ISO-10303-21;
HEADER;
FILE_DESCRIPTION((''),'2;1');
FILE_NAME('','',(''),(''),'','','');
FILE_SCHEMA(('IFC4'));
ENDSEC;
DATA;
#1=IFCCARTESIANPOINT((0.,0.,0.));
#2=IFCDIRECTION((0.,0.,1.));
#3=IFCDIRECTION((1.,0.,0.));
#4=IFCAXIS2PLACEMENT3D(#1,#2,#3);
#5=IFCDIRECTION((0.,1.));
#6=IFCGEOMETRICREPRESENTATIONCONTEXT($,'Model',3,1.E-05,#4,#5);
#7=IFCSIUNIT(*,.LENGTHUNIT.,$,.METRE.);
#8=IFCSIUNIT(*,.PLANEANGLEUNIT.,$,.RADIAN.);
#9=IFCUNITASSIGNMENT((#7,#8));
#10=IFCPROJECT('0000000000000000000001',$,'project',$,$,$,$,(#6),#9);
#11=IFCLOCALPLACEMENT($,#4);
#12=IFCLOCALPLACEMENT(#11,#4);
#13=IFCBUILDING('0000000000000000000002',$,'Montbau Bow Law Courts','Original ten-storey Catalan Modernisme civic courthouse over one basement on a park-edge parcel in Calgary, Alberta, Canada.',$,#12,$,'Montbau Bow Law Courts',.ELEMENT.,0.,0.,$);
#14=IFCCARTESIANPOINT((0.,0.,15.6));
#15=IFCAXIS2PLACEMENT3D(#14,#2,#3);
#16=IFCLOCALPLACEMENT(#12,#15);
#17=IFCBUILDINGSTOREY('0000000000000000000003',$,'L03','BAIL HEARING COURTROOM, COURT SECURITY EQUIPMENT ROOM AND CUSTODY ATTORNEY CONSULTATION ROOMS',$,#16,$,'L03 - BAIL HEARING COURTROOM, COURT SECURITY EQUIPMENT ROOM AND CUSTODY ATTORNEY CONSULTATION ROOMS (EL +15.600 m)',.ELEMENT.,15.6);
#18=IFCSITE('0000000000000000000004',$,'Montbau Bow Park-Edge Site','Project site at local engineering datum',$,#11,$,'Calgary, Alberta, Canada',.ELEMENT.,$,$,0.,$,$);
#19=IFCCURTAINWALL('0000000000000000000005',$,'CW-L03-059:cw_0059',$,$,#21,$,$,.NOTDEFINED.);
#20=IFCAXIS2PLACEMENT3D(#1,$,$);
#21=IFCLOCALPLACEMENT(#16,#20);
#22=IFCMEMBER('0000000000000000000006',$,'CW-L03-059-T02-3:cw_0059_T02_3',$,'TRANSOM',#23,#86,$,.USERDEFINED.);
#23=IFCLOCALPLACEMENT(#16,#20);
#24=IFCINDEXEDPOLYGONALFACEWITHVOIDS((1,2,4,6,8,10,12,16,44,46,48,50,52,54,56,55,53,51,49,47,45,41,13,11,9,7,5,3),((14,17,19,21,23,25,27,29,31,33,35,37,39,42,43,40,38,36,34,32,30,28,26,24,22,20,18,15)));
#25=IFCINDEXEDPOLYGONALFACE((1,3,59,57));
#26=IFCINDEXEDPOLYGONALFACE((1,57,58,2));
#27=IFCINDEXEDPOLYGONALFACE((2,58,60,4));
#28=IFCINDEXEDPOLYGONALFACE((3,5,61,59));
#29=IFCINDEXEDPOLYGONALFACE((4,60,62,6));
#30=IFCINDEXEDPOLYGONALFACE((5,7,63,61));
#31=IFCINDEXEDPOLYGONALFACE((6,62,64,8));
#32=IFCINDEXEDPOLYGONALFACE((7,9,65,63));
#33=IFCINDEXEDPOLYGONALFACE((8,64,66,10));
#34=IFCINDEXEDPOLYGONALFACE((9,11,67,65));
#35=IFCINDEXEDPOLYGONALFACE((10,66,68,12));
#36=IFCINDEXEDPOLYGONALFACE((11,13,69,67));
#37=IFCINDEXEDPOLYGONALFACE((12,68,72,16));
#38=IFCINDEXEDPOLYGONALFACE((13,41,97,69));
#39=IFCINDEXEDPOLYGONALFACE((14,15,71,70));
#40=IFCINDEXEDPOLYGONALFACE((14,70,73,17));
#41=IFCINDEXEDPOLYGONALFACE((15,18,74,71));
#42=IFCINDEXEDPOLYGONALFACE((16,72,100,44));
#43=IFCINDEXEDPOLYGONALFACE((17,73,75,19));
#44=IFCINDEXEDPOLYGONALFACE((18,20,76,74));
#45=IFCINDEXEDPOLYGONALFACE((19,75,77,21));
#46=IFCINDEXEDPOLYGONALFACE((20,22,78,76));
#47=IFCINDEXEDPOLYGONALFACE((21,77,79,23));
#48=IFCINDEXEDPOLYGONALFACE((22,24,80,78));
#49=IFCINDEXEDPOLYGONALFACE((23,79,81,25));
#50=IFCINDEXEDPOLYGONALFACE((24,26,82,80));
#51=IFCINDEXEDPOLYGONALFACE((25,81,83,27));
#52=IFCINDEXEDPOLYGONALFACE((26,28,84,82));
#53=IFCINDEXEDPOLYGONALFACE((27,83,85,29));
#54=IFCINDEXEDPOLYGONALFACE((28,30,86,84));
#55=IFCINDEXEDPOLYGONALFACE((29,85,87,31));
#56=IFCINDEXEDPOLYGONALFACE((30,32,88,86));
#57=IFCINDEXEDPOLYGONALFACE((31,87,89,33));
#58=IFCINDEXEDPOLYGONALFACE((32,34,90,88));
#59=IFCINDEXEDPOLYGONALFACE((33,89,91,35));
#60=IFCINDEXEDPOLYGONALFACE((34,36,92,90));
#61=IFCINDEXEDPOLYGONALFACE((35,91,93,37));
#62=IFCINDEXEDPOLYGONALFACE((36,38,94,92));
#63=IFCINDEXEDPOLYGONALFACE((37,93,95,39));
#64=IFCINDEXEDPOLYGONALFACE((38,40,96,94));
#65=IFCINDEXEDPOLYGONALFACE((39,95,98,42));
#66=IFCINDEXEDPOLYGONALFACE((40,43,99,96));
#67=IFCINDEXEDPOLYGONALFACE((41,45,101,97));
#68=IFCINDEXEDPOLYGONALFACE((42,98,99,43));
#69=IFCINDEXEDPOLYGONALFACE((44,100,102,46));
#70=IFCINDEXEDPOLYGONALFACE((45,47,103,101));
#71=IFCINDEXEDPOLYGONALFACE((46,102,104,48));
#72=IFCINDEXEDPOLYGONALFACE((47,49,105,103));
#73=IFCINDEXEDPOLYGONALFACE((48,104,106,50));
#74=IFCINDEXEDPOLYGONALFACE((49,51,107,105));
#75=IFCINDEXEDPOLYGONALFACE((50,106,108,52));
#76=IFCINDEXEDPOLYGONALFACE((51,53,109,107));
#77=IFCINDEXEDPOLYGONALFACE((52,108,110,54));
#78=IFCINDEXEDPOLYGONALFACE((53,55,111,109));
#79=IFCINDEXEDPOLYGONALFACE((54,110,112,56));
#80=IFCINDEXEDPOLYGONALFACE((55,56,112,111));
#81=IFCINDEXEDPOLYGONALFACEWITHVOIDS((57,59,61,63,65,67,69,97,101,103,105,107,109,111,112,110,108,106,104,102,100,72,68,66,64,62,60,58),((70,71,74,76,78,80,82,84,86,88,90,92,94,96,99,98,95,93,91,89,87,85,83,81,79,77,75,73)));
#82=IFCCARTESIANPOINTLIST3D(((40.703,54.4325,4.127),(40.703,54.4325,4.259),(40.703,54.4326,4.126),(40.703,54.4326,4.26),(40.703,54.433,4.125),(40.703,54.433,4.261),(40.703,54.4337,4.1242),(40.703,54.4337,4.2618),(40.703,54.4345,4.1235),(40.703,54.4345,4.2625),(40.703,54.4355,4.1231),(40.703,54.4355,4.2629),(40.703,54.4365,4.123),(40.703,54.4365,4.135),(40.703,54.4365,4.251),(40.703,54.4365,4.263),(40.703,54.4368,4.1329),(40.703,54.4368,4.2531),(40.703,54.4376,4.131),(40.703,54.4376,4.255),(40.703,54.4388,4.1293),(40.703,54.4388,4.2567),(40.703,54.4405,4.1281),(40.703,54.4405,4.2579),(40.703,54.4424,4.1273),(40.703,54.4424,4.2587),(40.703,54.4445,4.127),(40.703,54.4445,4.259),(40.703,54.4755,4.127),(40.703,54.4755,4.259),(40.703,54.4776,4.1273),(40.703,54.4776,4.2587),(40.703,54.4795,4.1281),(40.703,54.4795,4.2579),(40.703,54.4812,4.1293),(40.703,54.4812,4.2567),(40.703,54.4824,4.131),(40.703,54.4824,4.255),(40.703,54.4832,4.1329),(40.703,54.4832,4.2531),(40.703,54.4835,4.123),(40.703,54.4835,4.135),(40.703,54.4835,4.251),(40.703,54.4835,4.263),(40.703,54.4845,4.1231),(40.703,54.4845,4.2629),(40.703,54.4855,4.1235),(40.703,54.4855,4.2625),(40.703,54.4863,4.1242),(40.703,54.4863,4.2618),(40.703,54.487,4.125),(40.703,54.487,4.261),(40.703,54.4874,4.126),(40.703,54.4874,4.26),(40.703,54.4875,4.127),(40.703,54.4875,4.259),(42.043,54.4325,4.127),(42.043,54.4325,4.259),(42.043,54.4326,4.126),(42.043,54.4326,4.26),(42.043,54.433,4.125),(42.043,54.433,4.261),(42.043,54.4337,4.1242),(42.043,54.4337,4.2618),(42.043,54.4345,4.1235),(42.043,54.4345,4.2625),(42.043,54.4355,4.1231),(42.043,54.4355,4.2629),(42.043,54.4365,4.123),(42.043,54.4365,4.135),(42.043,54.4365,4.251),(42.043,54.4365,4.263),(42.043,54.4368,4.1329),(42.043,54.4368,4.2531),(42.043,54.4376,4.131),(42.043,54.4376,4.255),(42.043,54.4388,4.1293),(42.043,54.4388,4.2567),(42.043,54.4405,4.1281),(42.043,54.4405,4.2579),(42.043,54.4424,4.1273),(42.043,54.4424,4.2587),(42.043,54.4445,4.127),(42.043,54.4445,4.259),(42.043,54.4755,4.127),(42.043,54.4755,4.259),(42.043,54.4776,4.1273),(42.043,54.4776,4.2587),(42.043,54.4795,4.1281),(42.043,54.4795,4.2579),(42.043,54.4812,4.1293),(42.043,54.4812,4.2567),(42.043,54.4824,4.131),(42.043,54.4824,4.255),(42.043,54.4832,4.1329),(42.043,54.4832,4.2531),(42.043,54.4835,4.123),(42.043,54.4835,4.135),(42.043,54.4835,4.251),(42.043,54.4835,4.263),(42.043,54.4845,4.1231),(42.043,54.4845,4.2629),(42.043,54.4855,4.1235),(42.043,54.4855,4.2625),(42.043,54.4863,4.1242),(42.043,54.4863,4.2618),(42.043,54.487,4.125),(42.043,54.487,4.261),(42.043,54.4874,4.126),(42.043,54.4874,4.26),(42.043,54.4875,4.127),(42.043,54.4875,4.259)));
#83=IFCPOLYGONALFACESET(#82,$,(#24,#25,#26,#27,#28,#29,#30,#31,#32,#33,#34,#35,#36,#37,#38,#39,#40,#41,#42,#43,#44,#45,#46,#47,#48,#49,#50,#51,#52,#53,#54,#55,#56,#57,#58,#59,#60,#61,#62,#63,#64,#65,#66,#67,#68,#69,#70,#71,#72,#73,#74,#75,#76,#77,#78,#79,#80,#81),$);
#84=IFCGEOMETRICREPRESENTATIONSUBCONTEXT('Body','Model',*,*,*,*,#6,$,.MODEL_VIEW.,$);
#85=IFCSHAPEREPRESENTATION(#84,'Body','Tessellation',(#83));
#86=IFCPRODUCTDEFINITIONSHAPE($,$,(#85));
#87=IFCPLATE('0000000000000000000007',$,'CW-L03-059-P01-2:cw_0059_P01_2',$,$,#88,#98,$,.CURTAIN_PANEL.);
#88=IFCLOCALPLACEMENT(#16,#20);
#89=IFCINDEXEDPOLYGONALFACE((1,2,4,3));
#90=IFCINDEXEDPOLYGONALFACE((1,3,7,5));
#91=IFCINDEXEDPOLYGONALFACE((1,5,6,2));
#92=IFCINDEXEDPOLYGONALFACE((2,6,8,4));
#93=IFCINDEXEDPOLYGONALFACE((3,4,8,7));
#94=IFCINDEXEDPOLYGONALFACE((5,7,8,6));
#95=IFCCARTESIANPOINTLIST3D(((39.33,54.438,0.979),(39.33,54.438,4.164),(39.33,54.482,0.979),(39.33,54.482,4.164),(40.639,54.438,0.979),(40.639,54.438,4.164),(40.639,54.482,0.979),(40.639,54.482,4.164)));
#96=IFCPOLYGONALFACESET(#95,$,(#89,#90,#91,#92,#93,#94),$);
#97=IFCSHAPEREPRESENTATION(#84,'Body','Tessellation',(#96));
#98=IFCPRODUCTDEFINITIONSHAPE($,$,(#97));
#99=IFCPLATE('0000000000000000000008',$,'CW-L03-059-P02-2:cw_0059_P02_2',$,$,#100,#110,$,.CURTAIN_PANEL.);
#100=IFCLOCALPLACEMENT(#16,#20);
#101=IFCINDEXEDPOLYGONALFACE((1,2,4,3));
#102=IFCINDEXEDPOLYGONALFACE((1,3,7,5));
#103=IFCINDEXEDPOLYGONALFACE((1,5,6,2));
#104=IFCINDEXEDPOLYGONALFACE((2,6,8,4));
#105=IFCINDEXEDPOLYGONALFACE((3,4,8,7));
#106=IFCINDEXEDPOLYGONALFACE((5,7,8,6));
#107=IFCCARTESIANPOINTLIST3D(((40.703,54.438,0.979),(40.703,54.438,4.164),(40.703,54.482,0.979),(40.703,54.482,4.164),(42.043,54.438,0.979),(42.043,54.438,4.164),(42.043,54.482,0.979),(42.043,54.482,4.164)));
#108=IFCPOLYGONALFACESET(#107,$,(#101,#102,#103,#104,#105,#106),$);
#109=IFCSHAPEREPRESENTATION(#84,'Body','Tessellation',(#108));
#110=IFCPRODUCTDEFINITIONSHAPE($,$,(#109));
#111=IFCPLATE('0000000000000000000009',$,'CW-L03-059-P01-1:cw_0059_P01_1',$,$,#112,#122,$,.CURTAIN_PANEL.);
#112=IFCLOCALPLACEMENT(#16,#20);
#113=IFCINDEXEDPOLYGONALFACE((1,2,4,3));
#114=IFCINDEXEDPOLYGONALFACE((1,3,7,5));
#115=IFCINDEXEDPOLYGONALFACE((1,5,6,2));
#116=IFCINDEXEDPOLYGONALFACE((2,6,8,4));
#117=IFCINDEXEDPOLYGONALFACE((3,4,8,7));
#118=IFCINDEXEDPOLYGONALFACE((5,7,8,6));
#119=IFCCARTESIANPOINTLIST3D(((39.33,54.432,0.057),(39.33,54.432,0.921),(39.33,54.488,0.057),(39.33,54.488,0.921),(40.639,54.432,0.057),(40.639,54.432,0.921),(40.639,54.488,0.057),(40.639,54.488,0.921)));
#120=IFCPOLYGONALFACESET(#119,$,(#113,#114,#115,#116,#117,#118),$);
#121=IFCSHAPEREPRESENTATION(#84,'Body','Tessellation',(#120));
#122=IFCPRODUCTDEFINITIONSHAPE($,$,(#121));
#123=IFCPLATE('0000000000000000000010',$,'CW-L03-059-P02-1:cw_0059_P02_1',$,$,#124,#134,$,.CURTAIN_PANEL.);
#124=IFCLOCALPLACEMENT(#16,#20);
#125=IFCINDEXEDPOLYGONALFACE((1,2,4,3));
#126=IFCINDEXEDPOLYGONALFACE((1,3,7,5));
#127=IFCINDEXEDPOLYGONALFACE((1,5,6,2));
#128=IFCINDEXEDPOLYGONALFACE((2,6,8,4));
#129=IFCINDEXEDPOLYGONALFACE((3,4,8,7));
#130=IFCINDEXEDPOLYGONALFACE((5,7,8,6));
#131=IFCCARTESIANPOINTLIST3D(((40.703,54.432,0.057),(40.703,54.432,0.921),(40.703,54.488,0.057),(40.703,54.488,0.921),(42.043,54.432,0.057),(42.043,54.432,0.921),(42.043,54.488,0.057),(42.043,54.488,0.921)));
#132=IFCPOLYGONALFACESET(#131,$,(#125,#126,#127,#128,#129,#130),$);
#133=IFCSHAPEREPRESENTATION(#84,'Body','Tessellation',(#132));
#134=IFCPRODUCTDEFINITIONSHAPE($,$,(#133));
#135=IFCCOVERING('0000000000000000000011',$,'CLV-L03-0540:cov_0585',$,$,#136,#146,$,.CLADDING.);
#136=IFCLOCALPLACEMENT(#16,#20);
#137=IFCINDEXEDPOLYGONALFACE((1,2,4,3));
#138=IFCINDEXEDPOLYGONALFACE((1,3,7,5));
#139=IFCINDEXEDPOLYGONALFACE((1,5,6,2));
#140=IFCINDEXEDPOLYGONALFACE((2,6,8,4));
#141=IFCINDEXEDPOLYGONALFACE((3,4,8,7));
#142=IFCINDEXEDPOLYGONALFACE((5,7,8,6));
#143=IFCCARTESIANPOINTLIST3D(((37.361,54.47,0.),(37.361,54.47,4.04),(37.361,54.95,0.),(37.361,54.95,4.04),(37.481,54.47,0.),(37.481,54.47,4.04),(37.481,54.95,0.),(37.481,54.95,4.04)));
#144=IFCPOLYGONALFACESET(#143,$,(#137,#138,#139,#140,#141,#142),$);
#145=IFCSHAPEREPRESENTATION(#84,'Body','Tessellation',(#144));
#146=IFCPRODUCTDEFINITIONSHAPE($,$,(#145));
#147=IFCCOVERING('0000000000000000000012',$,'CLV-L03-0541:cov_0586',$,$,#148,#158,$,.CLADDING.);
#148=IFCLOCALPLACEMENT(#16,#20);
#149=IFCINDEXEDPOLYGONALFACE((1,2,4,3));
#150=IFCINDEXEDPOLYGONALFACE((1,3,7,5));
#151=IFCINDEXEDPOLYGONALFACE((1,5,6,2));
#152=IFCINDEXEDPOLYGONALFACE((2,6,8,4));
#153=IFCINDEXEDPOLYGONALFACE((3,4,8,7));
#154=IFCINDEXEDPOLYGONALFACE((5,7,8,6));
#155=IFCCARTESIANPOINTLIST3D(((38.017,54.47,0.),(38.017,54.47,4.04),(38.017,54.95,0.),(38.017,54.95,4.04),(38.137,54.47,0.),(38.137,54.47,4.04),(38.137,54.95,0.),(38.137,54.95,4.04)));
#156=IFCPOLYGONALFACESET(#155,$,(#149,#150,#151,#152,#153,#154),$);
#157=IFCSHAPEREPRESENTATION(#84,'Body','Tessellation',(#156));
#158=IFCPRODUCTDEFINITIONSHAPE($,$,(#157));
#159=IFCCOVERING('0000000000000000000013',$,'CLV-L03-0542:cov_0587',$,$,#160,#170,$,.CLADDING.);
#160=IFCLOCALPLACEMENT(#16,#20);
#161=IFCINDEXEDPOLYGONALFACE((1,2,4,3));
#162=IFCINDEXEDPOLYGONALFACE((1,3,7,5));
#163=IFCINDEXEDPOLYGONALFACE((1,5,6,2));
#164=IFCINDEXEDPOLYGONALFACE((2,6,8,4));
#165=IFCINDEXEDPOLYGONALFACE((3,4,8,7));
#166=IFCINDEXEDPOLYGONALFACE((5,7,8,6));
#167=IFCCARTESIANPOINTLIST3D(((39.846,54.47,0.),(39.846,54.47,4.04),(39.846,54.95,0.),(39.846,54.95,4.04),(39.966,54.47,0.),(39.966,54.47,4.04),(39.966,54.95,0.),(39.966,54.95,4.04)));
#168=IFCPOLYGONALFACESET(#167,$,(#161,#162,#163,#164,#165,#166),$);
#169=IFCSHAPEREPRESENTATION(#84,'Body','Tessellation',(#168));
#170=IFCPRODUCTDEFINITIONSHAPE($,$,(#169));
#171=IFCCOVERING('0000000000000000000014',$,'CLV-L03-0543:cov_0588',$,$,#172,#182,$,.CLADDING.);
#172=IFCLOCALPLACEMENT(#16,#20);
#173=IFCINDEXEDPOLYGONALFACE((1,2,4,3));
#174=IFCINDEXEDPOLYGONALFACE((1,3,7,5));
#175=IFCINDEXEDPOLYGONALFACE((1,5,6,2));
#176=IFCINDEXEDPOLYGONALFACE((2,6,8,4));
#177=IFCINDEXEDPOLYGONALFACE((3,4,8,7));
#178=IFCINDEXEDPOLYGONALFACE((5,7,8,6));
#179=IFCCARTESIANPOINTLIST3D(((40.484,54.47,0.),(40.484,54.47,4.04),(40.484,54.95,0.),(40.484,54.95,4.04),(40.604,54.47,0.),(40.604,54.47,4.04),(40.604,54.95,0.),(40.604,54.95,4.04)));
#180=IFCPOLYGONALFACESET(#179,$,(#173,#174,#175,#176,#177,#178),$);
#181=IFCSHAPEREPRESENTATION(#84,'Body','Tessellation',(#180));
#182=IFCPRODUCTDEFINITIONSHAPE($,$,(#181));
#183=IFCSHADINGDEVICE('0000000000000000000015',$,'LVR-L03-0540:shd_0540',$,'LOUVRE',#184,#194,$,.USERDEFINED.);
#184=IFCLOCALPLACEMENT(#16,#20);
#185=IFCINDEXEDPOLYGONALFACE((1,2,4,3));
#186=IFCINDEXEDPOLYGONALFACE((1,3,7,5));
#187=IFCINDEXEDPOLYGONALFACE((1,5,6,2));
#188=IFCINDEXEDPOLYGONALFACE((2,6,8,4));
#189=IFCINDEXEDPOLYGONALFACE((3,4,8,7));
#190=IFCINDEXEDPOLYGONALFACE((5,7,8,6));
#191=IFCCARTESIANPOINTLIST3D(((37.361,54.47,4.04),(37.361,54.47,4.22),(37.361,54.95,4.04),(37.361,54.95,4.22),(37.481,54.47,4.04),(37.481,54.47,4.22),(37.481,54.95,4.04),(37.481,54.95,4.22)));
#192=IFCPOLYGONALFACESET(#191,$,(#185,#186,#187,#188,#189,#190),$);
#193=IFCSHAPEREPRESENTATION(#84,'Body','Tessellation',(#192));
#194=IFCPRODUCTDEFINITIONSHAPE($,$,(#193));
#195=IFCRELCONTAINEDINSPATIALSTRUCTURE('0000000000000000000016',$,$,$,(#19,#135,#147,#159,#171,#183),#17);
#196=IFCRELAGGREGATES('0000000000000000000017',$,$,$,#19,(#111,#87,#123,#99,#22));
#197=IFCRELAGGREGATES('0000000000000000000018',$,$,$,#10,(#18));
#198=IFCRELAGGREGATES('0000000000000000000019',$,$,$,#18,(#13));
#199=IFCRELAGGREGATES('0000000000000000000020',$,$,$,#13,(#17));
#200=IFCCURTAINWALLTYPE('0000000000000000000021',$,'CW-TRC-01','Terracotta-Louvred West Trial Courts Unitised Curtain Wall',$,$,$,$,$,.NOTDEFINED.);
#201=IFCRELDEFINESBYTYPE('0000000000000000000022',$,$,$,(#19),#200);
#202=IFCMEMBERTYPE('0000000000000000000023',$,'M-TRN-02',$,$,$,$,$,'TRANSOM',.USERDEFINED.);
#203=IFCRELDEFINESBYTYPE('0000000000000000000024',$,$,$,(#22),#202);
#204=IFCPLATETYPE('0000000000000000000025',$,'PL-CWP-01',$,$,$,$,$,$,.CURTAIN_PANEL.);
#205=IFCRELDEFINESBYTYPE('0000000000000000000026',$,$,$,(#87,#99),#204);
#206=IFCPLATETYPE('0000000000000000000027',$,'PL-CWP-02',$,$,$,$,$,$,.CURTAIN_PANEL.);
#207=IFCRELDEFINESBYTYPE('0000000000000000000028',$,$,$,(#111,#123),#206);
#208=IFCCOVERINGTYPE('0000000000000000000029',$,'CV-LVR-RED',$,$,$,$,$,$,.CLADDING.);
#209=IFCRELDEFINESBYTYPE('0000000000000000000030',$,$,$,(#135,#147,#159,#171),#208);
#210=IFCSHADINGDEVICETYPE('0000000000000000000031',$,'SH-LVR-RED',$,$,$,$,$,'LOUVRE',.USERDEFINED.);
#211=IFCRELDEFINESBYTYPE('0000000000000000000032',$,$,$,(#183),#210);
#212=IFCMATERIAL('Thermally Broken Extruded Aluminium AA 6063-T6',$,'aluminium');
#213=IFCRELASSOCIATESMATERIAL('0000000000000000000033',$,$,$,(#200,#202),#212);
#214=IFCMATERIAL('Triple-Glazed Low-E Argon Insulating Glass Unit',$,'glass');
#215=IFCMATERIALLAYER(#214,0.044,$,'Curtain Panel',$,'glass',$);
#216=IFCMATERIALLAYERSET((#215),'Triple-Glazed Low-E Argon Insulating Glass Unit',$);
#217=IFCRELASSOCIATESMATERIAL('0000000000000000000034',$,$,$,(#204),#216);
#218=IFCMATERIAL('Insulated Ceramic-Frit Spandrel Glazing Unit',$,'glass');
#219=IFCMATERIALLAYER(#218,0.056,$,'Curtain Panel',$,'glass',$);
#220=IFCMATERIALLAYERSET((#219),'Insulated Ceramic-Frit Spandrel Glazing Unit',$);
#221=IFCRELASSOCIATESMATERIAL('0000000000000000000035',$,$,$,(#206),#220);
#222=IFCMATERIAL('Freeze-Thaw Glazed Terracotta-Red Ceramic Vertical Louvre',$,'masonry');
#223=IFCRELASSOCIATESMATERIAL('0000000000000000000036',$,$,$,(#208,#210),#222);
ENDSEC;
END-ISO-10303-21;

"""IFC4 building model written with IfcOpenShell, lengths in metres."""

from ifc_helpers import new_model, si_unit, direction, frame, frame_2d, origin_with_axes, origin_2d_with_axis, place, context, subcontext, project, spatial, rectangle, hollow_rectangle, extrude, material, layer, layer_set, material_profile, profile_set, type_object, element, aggregate, save


model = new_model("IFC4")

# Units and contexts
model_context = context("Model", 3, precision=1e-05, world=origin_with_axes(), true_north=direction((0.0, 1.0)))
body_context = subcontext(model_context, "Body", "Model", "MODEL_VIEW")
ifc_project = project(units=[si_unit("LENGTHUNIT", "METRE"), si_unit("PLANEANGLEUNIT", "RADIAN")], contexts=[model_context])

# Site, building, storey
site_placement = place(None, origin_with_axes())
site = spatial("IfcSite", under=ifc_project, at=site_placement, Name="Montbau Bow Park-Edge Site", Description="Project site at local engineering datum", LongName="Calgary, Alberta, Canada", CompositionType="ELEMENT", RefElevation=0.0)
building_placement = place(site_placement, origin_with_axes())
building = spatial("IfcBuilding", under=site, at=building_placement, Name="Montbau Bow Law Courts", Description="Original ten-storey Catalan Modernisme civic courthouse over one basement on a park-edge parcel in Calgary, Alberta, Canada.", LongName="Montbau Bow Law Courts", CompositionType="ELEMENT", ElevationOfRefHeight=0.0, ElevationOfTerrain=0.0)
storey_placement = place(building_placement, frame((0.0, 0.0, 15.6), z_axis=(0.0, 0.0, 1.0), x_axis=(1.0, 0.0, 0.0)))
storey = spatial("IfcBuildingStorey", under=building, at=storey_placement, Name="L03", Description="BAIL HEARING COURTROOM, COURT SECURITY EQUIPMENT ROOM AND CUSTODY ATTORNEY CONSULTATION ROOMS", LongName="L03 - BAIL HEARING COURTROOM, COURT SECURITY EQUIPMENT ROOM AND CUSTODY ATTORNEY CONSULTATION ROOMS (EL +15.600 m)", CompositionType="ELEMENT", Elevation=15.6)

# Shared definitions
ifc_material_1 = material(Name="Thermally Broken Extruded Aluminium AA 6063-T6", Category="aluminium")
curtain_wall_type = type_object("IfcCurtainWallType", Name="CW-TRC-01", Description="Terracotta-Louvred West Trial Courts Unitised Curtain Wall", PredefinedType="NOTDEFINED", material=ifc_material_1)

# Curtain wall
curtain_wall_1_placement = place(None, frame((39.268, 54.46, 15.6), z_axis=(0.0, 0.0, 1.0), x_axis=(1.0, 0.0, 0.0)))
curtain_wall_1 = element("IfcCurtainWall", 1, at=curtain_wall_1_placement, inside=storey, type_object=curtain_wall_type, Name="CW-L03-059:cw_0059", PredefinedType="NOTDEFINED")

# Member
ifc_material_profile_1 = material_profile(ifc_material_1, hollow_rectangle(XDim=0.055, YDim=0.14, WallThickness=0.004, InnerFilletRadius=0.008, OuterFilletRadius=0.004, at=origin_2d_with_axis()), Name="CWT-140X55", Category="Main", Priority=0)
ifc_profile_set_1 = profile_set([ifc_material_profile_1], Name="Thermally Broken Extruded Aluminium AA 6063-T6")
member_type_1 = type_object("IfcMemberType", Name="M-TRN-02", ElementType="TRANSOM", PredefinedType="USERDEFINED", material=ifc_profile_set_1)
member_1_placement = place(None, frame((40.703, 54.46, 19.793), z_axis=(1.0, 0.0, 0.0), x_axis=(0.0, 1.0, 0.0)))
member_1 = element("IfcMember", 2, at=member_1_placement, type_object=member_type_1, Name="CW-L03-059-T02-3:cw_0059_T02_3", ObjectType="TRANSOM", PredefinedType="USERDEFINED", context=body_context, shape_type="SweptSolid", body=[
    extrude(hollow_rectangle(XDim=0.055, YDim=0.14, WallThickness=0.004, InnerFilletRadius=0.008, OuterFilletRadius=0.004, at=origin_2d_with_axis()), origin_with_axes(), (0.0, 0.0, 1.0), 1.34),
])

# Plates
ifc_material_2 = material(Name="Triple-Glazed Low-E Argon Insulating Glass Unit", Category="glass")
ifc_layer_1 = layer(ifc_material_2, 0.044, Name="Curtain Panel", Category="glass")
ifc_layer_set_1 = layer_set([ifc_layer_1], Name="Triple-Glazed Low-E Argon Insulating Glass Unit")
plate_type_1 = type_object("IfcPlateType", Name="PL-CWP-01", PredefinedType="CURTAIN_PANEL", material=ifc_layer_set_1)
plate_1_placement = place(None, frame((39.33, 54.46, 16.579), z_axis=(0.0, -1.0, 0.0), x_axis=(1.0, 0.0, 0.0)))
plate_1 = element("IfcPlate", 3, at=plate_1_placement, type_object=plate_type_1, Name="CW-L03-059-P01-2:cw_0059_P01_2", PredefinedType="CURTAIN_PANEL", context=body_context, shape_type="SweptSolid", body=[
    extrude(rectangle(XDim=1.309, YDim=3.185, at=frame_2d((0.6545, 1.5925), x_axis=(1.0, 0.0))), frame((0.0, 0.0, -0.022), z_axis=(0.0, 0.0, 1.0), x_axis=(1.0, 0.0, 0.0)), (0.0, 0.0, 1.0), 0.044),
])
plate_2_placement = place(None, frame((40.703, 54.46, 16.579), z_axis=(0.0, -1.0, 0.0), x_axis=(1.0, 0.0, 0.0)))
plate_2 = element("IfcPlate", 4, at=plate_2_placement, type_object=plate_type_1, Name="CW-L03-059-P02-2:cw_0059_P02_2", PredefinedType="CURTAIN_PANEL", context=body_context, shape_type="SweptSolid", body=[
    extrude(rectangle(XDim=1.34, YDim=3.185, at=frame_2d((0.67, 1.5925), x_axis=(1.0, 0.0))), frame((0.0, 0.0, -0.022), z_axis=(0.0, 0.0, 1.0), x_axis=(1.0, 0.0, 0.0)), (0.0, 0.0, 1.0), 0.044),
])
ifc_material_3 = material(Name="Insulated Ceramic-Frit Spandrel Glazing Unit", Category="glass")
ifc_layer_2 = layer(ifc_material_3, 0.056, Name="Curtain Panel", Category="glass")
ifc_layer_set_2 = layer_set([ifc_layer_2], Name="Insulated Ceramic-Frit Spandrel Glazing Unit")
plate_type_2 = type_object("IfcPlateType", Name="PL-CWP-02", PredefinedType="CURTAIN_PANEL", material=ifc_layer_set_2)
plate_3_placement = place(None, frame((39.33, 54.46, 15.657), z_axis=(0.0, -1.0, 0.0), x_axis=(1.0, 0.0, 0.0)))
plate_3 = element("IfcPlate", 5, at=plate_3_placement, type_object=plate_type_2, Name="CW-L03-059-P01-1:cw_0059_P01_1", PredefinedType="CURTAIN_PANEL", context=body_context, shape_type="SweptSolid", body=[
    extrude(rectangle(XDim=1.309, YDim=0.864, at=frame_2d((0.6545, 0.432), x_axis=(1.0, 0.0))), frame((0.0, 0.0, -0.028), z_axis=(0.0, 0.0, 1.0), x_axis=(1.0, 0.0, 0.0)), (0.0, 0.0, 1.0), 0.056),
])
plate_4_placement = place(None, frame((40.703, 54.46, 15.657), z_axis=(0.0, -1.0, 0.0), x_axis=(1.0, 0.0, 0.0)))
plate_4 = element("IfcPlate", 6, at=plate_4_placement, type_object=plate_type_2, Name="CW-L03-059-P02-1:cw_0059_P02_1", PredefinedType="CURTAIN_PANEL", context=body_context, shape_type="SweptSolid", body=[
    extrude(rectangle(XDim=1.34, YDim=0.864, at=frame_2d((0.67, 0.432), x_axis=(1.0, 0.0))), frame((0.0, 0.0, -0.028), z_axis=(0.0, 0.0, 1.0), x_axis=(1.0, 0.0, 0.0)), (0.0, 0.0, 1.0), 0.056),
])
aggregate(curtain_wall_1, [plate_3, plate_1, plate_4, plate_2, member_1])

# Coverings
ifc_material_4 = material(Name="Freeze-Thaw Glazed Terracotta-Red Ceramic Vertical Louvre", Category="masonry")
covering_type = type_object("IfcCoveringType", Name="CV-LVR-RED", PredefinedType="CLADDING", material=ifc_material_4)
for number, where, z_axis, x_axis, name in (
    (7, (37.421, 54.47, 15.6), (1.0, 0.0, 0.0), (0.0, 1.0, 0.0), "CLV-L03-0540:cov_0585"),
    (8, (38.077, 54.47, 15.6), (1.0, 0.0, 0.0), (0.0, 1.0, 0.0), "CLV-L03-0541:cov_0586"),
    (9, (39.906, 54.47, 15.6), (1.0, 0.0, 0.0), (0.0, 1.0, 0.0), "CLV-L03-0542:cov_0587"),
    (10, (40.544, 54.47, 15.6), (1.0, 0.0, 0.0), (0.0, 1.0, 0.0), "CLV-L03-0543:cov_0588"),
):
    element("IfcCovering", number, at=place(None, frame(where, z_axis=z_axis, x_axis=x_axis)), inside=storey, type_object=covering_type, Name=name, PredefinedType="CLADDING", context=body_context, shape_type="SweptSolid", body=[
        extrude(rectangle(XDim=0.48, YDim=4.04, at=frame_2d((0.24, 2.02), x_axis=(1.0, 0.0))), frame((0.0, 0.0, -0.06), z_axis=(0.0, 0.0, 1.0), x_axis=(1.0, 0.0, 0.0)), (0.0, 0.0, 1.0), 0.12),
    ])

# Shading device
shading_device_type = type_object("IfcShadingDeviceType", Name="SH-LVR-RED", ElementType="LOUVRE", PredefinedType="USERDEFINED", material=ifc_material_4)
for number, where, z_axis, x_axis, name in (
    (11, (37.421, 54.71, 19.64), (0.0, 0.0, 1.0), (0.0, 1.0, 0.0), "LVR-L03-0540:shd_0540"),
):
    element("IfcShadingDevice", number, at=place(None, frame(where, z_axis=z_axis, x_axis=x_axis)), inside=storey, type_object=shading_device_type, Name=name, ObjectType="LOUVRE", PredefinedType="USERDEFINED", context=body_context, shape_type="SweptSolid", body=[
        extrude(rectangle(XDim=0.48, YDim=0.12, at=origin_2d_with_axis()), origin_with_axes(), (0.0, 0.0, 1.0), 0.18),
    ])

save(model, "model.ifc")
